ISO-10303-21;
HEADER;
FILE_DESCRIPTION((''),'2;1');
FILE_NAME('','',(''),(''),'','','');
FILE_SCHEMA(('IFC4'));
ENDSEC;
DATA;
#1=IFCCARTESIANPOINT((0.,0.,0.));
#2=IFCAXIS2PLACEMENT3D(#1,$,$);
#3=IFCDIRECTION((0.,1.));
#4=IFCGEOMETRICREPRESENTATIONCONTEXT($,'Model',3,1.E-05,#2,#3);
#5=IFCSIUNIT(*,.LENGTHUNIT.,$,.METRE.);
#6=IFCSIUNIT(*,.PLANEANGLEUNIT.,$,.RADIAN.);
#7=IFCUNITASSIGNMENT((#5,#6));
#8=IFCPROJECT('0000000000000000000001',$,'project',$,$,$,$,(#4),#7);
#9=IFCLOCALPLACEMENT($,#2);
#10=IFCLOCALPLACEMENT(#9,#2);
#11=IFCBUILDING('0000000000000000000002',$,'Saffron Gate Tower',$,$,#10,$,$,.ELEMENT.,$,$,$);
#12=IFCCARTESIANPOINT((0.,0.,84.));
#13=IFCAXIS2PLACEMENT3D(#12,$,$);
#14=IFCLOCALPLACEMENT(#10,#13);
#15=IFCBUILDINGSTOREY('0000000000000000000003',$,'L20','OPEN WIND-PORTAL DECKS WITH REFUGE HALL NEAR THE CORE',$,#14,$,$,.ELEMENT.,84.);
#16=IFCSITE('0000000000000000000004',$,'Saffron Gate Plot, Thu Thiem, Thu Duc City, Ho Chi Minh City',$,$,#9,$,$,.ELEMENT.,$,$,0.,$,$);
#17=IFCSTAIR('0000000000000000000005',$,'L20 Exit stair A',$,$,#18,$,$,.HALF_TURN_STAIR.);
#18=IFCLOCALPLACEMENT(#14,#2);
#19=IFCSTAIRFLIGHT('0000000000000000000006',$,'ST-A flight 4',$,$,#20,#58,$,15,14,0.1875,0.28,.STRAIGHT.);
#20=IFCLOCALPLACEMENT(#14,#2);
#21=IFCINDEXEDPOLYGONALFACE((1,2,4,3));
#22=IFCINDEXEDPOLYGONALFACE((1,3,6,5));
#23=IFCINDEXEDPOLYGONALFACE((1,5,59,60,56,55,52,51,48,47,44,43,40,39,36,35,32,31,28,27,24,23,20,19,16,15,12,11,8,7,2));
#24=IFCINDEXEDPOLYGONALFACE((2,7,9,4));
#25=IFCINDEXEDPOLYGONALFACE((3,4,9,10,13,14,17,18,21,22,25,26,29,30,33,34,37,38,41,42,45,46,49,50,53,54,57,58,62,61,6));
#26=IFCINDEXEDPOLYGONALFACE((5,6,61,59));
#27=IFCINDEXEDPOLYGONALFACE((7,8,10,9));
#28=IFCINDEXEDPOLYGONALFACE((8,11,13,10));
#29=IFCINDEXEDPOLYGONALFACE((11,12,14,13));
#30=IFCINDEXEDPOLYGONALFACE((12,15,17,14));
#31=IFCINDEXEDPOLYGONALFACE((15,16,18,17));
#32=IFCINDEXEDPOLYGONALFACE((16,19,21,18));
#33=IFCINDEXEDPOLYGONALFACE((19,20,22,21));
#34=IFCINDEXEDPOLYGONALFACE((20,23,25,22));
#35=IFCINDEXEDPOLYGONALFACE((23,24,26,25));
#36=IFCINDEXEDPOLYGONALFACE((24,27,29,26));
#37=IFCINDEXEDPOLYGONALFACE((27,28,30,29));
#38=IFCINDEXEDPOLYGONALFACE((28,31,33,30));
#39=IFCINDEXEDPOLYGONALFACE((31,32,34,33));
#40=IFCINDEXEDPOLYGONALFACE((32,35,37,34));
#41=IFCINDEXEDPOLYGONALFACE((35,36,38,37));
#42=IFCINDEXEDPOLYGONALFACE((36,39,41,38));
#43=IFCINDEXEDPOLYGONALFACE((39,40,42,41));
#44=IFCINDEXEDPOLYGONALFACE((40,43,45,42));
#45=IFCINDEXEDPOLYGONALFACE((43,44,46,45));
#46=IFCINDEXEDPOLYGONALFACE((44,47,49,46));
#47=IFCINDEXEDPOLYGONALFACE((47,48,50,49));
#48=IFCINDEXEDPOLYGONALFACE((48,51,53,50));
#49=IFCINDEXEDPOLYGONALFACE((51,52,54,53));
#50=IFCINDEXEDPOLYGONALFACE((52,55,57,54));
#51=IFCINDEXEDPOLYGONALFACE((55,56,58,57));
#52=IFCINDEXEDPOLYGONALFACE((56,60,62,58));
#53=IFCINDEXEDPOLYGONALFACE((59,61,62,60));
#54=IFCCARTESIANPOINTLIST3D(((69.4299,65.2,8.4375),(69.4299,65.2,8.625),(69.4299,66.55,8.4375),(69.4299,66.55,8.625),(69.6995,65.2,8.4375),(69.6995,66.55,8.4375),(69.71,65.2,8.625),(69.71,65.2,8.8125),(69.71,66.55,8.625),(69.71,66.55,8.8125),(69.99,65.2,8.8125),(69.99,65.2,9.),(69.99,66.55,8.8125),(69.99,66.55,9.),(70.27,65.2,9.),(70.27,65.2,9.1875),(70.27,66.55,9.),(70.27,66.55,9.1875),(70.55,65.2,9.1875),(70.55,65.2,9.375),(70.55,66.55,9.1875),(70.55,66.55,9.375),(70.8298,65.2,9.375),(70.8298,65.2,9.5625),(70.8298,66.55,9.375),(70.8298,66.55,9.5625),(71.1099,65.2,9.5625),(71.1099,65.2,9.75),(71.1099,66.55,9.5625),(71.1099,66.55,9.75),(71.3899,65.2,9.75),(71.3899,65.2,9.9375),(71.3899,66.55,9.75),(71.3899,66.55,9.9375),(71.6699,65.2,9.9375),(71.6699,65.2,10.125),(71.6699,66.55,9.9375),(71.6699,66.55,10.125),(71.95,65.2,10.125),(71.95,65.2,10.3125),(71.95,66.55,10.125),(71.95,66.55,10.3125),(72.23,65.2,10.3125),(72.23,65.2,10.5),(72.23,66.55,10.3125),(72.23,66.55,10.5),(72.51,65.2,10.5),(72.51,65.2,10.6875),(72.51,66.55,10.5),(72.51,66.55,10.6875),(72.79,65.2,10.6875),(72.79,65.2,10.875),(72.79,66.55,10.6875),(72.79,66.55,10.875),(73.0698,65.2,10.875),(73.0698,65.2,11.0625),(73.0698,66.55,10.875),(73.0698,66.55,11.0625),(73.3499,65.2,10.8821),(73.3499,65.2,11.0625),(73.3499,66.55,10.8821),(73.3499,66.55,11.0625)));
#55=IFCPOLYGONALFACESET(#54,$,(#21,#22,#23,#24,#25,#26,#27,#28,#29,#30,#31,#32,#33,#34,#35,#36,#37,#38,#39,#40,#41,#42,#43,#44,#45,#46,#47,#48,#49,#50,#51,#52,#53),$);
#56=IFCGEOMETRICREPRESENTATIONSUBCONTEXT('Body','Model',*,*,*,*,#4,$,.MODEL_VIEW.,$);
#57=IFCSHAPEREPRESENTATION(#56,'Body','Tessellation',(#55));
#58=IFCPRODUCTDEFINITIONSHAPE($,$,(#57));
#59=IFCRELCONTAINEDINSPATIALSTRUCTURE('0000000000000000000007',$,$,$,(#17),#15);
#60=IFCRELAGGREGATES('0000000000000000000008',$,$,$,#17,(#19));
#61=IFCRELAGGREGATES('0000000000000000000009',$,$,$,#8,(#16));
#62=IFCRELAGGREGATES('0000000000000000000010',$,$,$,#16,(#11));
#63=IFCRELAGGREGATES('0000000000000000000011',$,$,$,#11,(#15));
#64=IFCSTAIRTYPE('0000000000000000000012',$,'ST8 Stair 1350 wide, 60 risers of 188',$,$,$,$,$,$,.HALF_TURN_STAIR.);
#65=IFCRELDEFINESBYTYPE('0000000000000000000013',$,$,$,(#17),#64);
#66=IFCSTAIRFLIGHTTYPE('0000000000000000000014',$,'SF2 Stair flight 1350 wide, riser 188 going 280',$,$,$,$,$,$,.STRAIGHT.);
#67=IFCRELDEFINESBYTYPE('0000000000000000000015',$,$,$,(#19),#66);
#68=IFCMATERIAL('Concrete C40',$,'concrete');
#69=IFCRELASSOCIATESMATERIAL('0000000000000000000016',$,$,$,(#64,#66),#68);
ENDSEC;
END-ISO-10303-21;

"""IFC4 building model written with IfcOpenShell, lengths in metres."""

from ifc_helpers import new_model, si_unit, direction, frame, origin, place, context, subcontext, project, spatial, polyline, outline, extrude, material, type_object, element, aggregate, save


model = new_model("IFC4")

# Units and contexts
model_context = context("Model", 3, precision=1e-05, world=origin(), true_north=direction((0.0, 1.0)))
body_context = subcontext(model_context, "Body", "Model", "MODEL_VIEW")
ifc_project = project(units=[si_unit("LENGTHUNIT", "METRE"), si_unit("PLANEANGLEUNIT", "RADIAN")], contexts=[model_context])

# Site, building, storey
site_placement = place(None, origin())
site = spatial("IfcSite", under=ifc_project, at=site_placement, Name="Saffron Gate Plot, Thu Thiem, Thu Duc City, Ho Chi Minh City", CompositionType="ELEMENT", RefElevation=0.0)
building_placement = place(site_placement, origin())
building = spatial("IfcBuilding", under=site, at=building_placement, Name="Saffron Gate Tower", CompositionType="ELEMENT")
storey_placement = place(building_placement, frame((0.0, 0.0, 84.0)))
storey = spatial("IfcBuildingStorey", under=building, at=storey_placement, Name="L20", Description="OPEN WIND-PORTAL DECKS WITH REFUGE HALL NEAR THE CORE", CompositionType="ELEMENT", Elevation=84.0)

# Stair, stair flight
ifc_material_1 = material(Name="Concrete C40", Category="concrete")
stair_type = type_object("IfcStairType", Name="ST8 Stair 1350 wide, 60 risers of 188", PredefinedType="HALF_TURN_STAIR", material=ifc_material_1)
stair_placement = place(storey_placement, origin())
stair = element("IfcStair", 1, at=stair_placement, inside=storey, type_object=stair_type, Name="L20 Exit stair A", PredefinedType="HALF_TURN_STAIR")
stair_flight_type = type_object("IfcStairFlightType", Name="SF2 Stair flight 1350 wide, riser 188 going 280", PredefinedType="STRAIGHT", material=ifc_material_1)
stair_flight_placement = place(storey_placement, frame((69.4299, 65.875, 8.4375), z_axis=(0.0, 0.0, 1.0), x_axis=(1.0, 0.0, 0.0)))
stair_flight = element("IfcStairFlight", 2, at=stair_flight_placement, type_object=stair_flight_type, Name="ST-A flight 4", NumberOfRisers=15, NumberOfTreads=14, PredefinedType="STRAIGHT", RiserHeight=0.1875, TreadLength=0.28, context=body_context, shape_type="SweptSolid", body=[
    extrude(outline(polyline([(0.0, 0.0), (0.0, 0.1875), (0.28, 0.1875), (0.28, 0.375), (0.5601, 0.375), (0.5601, 0.5625), (0.8401, 0.5625), (0.8401, 0.75), (1.1201, 0.75), (1.1201, 0.9375), (1.3999, 0.9375), (1.3999, 1.125), (1.6799, 1.125), (1.6799, 1.3125), (1.96, 1.3125), (1.96, 1.5), (2.24, 1.5), (2.24, 1.6875), (2.52, 1.6875), (2.52, 1.875), (2.8, 1.875), (2.8, 2.0625), (3.0801, 2.0625), (3.0801, 2.25), (3.3601, 2.25), (3.3601, 2.4375), (3.6399, 2.4375), (3.6399, 2.625), (3.9199, 2.625), (3.9199, 2.8125), (3.9199, 2.4446), (0.2695, 0.0), (0.0, 0.0)])), frame((0.0, 0.675, 0.0), z_axis=(0.0, -1.0, 0.0), x_axis=(1.0, 0.0, 0.0)), (0.0, 0.0, 1.0), 1.3501),
])
aggregate(stair, [stair_flight])

save(model, "model.ifc")
